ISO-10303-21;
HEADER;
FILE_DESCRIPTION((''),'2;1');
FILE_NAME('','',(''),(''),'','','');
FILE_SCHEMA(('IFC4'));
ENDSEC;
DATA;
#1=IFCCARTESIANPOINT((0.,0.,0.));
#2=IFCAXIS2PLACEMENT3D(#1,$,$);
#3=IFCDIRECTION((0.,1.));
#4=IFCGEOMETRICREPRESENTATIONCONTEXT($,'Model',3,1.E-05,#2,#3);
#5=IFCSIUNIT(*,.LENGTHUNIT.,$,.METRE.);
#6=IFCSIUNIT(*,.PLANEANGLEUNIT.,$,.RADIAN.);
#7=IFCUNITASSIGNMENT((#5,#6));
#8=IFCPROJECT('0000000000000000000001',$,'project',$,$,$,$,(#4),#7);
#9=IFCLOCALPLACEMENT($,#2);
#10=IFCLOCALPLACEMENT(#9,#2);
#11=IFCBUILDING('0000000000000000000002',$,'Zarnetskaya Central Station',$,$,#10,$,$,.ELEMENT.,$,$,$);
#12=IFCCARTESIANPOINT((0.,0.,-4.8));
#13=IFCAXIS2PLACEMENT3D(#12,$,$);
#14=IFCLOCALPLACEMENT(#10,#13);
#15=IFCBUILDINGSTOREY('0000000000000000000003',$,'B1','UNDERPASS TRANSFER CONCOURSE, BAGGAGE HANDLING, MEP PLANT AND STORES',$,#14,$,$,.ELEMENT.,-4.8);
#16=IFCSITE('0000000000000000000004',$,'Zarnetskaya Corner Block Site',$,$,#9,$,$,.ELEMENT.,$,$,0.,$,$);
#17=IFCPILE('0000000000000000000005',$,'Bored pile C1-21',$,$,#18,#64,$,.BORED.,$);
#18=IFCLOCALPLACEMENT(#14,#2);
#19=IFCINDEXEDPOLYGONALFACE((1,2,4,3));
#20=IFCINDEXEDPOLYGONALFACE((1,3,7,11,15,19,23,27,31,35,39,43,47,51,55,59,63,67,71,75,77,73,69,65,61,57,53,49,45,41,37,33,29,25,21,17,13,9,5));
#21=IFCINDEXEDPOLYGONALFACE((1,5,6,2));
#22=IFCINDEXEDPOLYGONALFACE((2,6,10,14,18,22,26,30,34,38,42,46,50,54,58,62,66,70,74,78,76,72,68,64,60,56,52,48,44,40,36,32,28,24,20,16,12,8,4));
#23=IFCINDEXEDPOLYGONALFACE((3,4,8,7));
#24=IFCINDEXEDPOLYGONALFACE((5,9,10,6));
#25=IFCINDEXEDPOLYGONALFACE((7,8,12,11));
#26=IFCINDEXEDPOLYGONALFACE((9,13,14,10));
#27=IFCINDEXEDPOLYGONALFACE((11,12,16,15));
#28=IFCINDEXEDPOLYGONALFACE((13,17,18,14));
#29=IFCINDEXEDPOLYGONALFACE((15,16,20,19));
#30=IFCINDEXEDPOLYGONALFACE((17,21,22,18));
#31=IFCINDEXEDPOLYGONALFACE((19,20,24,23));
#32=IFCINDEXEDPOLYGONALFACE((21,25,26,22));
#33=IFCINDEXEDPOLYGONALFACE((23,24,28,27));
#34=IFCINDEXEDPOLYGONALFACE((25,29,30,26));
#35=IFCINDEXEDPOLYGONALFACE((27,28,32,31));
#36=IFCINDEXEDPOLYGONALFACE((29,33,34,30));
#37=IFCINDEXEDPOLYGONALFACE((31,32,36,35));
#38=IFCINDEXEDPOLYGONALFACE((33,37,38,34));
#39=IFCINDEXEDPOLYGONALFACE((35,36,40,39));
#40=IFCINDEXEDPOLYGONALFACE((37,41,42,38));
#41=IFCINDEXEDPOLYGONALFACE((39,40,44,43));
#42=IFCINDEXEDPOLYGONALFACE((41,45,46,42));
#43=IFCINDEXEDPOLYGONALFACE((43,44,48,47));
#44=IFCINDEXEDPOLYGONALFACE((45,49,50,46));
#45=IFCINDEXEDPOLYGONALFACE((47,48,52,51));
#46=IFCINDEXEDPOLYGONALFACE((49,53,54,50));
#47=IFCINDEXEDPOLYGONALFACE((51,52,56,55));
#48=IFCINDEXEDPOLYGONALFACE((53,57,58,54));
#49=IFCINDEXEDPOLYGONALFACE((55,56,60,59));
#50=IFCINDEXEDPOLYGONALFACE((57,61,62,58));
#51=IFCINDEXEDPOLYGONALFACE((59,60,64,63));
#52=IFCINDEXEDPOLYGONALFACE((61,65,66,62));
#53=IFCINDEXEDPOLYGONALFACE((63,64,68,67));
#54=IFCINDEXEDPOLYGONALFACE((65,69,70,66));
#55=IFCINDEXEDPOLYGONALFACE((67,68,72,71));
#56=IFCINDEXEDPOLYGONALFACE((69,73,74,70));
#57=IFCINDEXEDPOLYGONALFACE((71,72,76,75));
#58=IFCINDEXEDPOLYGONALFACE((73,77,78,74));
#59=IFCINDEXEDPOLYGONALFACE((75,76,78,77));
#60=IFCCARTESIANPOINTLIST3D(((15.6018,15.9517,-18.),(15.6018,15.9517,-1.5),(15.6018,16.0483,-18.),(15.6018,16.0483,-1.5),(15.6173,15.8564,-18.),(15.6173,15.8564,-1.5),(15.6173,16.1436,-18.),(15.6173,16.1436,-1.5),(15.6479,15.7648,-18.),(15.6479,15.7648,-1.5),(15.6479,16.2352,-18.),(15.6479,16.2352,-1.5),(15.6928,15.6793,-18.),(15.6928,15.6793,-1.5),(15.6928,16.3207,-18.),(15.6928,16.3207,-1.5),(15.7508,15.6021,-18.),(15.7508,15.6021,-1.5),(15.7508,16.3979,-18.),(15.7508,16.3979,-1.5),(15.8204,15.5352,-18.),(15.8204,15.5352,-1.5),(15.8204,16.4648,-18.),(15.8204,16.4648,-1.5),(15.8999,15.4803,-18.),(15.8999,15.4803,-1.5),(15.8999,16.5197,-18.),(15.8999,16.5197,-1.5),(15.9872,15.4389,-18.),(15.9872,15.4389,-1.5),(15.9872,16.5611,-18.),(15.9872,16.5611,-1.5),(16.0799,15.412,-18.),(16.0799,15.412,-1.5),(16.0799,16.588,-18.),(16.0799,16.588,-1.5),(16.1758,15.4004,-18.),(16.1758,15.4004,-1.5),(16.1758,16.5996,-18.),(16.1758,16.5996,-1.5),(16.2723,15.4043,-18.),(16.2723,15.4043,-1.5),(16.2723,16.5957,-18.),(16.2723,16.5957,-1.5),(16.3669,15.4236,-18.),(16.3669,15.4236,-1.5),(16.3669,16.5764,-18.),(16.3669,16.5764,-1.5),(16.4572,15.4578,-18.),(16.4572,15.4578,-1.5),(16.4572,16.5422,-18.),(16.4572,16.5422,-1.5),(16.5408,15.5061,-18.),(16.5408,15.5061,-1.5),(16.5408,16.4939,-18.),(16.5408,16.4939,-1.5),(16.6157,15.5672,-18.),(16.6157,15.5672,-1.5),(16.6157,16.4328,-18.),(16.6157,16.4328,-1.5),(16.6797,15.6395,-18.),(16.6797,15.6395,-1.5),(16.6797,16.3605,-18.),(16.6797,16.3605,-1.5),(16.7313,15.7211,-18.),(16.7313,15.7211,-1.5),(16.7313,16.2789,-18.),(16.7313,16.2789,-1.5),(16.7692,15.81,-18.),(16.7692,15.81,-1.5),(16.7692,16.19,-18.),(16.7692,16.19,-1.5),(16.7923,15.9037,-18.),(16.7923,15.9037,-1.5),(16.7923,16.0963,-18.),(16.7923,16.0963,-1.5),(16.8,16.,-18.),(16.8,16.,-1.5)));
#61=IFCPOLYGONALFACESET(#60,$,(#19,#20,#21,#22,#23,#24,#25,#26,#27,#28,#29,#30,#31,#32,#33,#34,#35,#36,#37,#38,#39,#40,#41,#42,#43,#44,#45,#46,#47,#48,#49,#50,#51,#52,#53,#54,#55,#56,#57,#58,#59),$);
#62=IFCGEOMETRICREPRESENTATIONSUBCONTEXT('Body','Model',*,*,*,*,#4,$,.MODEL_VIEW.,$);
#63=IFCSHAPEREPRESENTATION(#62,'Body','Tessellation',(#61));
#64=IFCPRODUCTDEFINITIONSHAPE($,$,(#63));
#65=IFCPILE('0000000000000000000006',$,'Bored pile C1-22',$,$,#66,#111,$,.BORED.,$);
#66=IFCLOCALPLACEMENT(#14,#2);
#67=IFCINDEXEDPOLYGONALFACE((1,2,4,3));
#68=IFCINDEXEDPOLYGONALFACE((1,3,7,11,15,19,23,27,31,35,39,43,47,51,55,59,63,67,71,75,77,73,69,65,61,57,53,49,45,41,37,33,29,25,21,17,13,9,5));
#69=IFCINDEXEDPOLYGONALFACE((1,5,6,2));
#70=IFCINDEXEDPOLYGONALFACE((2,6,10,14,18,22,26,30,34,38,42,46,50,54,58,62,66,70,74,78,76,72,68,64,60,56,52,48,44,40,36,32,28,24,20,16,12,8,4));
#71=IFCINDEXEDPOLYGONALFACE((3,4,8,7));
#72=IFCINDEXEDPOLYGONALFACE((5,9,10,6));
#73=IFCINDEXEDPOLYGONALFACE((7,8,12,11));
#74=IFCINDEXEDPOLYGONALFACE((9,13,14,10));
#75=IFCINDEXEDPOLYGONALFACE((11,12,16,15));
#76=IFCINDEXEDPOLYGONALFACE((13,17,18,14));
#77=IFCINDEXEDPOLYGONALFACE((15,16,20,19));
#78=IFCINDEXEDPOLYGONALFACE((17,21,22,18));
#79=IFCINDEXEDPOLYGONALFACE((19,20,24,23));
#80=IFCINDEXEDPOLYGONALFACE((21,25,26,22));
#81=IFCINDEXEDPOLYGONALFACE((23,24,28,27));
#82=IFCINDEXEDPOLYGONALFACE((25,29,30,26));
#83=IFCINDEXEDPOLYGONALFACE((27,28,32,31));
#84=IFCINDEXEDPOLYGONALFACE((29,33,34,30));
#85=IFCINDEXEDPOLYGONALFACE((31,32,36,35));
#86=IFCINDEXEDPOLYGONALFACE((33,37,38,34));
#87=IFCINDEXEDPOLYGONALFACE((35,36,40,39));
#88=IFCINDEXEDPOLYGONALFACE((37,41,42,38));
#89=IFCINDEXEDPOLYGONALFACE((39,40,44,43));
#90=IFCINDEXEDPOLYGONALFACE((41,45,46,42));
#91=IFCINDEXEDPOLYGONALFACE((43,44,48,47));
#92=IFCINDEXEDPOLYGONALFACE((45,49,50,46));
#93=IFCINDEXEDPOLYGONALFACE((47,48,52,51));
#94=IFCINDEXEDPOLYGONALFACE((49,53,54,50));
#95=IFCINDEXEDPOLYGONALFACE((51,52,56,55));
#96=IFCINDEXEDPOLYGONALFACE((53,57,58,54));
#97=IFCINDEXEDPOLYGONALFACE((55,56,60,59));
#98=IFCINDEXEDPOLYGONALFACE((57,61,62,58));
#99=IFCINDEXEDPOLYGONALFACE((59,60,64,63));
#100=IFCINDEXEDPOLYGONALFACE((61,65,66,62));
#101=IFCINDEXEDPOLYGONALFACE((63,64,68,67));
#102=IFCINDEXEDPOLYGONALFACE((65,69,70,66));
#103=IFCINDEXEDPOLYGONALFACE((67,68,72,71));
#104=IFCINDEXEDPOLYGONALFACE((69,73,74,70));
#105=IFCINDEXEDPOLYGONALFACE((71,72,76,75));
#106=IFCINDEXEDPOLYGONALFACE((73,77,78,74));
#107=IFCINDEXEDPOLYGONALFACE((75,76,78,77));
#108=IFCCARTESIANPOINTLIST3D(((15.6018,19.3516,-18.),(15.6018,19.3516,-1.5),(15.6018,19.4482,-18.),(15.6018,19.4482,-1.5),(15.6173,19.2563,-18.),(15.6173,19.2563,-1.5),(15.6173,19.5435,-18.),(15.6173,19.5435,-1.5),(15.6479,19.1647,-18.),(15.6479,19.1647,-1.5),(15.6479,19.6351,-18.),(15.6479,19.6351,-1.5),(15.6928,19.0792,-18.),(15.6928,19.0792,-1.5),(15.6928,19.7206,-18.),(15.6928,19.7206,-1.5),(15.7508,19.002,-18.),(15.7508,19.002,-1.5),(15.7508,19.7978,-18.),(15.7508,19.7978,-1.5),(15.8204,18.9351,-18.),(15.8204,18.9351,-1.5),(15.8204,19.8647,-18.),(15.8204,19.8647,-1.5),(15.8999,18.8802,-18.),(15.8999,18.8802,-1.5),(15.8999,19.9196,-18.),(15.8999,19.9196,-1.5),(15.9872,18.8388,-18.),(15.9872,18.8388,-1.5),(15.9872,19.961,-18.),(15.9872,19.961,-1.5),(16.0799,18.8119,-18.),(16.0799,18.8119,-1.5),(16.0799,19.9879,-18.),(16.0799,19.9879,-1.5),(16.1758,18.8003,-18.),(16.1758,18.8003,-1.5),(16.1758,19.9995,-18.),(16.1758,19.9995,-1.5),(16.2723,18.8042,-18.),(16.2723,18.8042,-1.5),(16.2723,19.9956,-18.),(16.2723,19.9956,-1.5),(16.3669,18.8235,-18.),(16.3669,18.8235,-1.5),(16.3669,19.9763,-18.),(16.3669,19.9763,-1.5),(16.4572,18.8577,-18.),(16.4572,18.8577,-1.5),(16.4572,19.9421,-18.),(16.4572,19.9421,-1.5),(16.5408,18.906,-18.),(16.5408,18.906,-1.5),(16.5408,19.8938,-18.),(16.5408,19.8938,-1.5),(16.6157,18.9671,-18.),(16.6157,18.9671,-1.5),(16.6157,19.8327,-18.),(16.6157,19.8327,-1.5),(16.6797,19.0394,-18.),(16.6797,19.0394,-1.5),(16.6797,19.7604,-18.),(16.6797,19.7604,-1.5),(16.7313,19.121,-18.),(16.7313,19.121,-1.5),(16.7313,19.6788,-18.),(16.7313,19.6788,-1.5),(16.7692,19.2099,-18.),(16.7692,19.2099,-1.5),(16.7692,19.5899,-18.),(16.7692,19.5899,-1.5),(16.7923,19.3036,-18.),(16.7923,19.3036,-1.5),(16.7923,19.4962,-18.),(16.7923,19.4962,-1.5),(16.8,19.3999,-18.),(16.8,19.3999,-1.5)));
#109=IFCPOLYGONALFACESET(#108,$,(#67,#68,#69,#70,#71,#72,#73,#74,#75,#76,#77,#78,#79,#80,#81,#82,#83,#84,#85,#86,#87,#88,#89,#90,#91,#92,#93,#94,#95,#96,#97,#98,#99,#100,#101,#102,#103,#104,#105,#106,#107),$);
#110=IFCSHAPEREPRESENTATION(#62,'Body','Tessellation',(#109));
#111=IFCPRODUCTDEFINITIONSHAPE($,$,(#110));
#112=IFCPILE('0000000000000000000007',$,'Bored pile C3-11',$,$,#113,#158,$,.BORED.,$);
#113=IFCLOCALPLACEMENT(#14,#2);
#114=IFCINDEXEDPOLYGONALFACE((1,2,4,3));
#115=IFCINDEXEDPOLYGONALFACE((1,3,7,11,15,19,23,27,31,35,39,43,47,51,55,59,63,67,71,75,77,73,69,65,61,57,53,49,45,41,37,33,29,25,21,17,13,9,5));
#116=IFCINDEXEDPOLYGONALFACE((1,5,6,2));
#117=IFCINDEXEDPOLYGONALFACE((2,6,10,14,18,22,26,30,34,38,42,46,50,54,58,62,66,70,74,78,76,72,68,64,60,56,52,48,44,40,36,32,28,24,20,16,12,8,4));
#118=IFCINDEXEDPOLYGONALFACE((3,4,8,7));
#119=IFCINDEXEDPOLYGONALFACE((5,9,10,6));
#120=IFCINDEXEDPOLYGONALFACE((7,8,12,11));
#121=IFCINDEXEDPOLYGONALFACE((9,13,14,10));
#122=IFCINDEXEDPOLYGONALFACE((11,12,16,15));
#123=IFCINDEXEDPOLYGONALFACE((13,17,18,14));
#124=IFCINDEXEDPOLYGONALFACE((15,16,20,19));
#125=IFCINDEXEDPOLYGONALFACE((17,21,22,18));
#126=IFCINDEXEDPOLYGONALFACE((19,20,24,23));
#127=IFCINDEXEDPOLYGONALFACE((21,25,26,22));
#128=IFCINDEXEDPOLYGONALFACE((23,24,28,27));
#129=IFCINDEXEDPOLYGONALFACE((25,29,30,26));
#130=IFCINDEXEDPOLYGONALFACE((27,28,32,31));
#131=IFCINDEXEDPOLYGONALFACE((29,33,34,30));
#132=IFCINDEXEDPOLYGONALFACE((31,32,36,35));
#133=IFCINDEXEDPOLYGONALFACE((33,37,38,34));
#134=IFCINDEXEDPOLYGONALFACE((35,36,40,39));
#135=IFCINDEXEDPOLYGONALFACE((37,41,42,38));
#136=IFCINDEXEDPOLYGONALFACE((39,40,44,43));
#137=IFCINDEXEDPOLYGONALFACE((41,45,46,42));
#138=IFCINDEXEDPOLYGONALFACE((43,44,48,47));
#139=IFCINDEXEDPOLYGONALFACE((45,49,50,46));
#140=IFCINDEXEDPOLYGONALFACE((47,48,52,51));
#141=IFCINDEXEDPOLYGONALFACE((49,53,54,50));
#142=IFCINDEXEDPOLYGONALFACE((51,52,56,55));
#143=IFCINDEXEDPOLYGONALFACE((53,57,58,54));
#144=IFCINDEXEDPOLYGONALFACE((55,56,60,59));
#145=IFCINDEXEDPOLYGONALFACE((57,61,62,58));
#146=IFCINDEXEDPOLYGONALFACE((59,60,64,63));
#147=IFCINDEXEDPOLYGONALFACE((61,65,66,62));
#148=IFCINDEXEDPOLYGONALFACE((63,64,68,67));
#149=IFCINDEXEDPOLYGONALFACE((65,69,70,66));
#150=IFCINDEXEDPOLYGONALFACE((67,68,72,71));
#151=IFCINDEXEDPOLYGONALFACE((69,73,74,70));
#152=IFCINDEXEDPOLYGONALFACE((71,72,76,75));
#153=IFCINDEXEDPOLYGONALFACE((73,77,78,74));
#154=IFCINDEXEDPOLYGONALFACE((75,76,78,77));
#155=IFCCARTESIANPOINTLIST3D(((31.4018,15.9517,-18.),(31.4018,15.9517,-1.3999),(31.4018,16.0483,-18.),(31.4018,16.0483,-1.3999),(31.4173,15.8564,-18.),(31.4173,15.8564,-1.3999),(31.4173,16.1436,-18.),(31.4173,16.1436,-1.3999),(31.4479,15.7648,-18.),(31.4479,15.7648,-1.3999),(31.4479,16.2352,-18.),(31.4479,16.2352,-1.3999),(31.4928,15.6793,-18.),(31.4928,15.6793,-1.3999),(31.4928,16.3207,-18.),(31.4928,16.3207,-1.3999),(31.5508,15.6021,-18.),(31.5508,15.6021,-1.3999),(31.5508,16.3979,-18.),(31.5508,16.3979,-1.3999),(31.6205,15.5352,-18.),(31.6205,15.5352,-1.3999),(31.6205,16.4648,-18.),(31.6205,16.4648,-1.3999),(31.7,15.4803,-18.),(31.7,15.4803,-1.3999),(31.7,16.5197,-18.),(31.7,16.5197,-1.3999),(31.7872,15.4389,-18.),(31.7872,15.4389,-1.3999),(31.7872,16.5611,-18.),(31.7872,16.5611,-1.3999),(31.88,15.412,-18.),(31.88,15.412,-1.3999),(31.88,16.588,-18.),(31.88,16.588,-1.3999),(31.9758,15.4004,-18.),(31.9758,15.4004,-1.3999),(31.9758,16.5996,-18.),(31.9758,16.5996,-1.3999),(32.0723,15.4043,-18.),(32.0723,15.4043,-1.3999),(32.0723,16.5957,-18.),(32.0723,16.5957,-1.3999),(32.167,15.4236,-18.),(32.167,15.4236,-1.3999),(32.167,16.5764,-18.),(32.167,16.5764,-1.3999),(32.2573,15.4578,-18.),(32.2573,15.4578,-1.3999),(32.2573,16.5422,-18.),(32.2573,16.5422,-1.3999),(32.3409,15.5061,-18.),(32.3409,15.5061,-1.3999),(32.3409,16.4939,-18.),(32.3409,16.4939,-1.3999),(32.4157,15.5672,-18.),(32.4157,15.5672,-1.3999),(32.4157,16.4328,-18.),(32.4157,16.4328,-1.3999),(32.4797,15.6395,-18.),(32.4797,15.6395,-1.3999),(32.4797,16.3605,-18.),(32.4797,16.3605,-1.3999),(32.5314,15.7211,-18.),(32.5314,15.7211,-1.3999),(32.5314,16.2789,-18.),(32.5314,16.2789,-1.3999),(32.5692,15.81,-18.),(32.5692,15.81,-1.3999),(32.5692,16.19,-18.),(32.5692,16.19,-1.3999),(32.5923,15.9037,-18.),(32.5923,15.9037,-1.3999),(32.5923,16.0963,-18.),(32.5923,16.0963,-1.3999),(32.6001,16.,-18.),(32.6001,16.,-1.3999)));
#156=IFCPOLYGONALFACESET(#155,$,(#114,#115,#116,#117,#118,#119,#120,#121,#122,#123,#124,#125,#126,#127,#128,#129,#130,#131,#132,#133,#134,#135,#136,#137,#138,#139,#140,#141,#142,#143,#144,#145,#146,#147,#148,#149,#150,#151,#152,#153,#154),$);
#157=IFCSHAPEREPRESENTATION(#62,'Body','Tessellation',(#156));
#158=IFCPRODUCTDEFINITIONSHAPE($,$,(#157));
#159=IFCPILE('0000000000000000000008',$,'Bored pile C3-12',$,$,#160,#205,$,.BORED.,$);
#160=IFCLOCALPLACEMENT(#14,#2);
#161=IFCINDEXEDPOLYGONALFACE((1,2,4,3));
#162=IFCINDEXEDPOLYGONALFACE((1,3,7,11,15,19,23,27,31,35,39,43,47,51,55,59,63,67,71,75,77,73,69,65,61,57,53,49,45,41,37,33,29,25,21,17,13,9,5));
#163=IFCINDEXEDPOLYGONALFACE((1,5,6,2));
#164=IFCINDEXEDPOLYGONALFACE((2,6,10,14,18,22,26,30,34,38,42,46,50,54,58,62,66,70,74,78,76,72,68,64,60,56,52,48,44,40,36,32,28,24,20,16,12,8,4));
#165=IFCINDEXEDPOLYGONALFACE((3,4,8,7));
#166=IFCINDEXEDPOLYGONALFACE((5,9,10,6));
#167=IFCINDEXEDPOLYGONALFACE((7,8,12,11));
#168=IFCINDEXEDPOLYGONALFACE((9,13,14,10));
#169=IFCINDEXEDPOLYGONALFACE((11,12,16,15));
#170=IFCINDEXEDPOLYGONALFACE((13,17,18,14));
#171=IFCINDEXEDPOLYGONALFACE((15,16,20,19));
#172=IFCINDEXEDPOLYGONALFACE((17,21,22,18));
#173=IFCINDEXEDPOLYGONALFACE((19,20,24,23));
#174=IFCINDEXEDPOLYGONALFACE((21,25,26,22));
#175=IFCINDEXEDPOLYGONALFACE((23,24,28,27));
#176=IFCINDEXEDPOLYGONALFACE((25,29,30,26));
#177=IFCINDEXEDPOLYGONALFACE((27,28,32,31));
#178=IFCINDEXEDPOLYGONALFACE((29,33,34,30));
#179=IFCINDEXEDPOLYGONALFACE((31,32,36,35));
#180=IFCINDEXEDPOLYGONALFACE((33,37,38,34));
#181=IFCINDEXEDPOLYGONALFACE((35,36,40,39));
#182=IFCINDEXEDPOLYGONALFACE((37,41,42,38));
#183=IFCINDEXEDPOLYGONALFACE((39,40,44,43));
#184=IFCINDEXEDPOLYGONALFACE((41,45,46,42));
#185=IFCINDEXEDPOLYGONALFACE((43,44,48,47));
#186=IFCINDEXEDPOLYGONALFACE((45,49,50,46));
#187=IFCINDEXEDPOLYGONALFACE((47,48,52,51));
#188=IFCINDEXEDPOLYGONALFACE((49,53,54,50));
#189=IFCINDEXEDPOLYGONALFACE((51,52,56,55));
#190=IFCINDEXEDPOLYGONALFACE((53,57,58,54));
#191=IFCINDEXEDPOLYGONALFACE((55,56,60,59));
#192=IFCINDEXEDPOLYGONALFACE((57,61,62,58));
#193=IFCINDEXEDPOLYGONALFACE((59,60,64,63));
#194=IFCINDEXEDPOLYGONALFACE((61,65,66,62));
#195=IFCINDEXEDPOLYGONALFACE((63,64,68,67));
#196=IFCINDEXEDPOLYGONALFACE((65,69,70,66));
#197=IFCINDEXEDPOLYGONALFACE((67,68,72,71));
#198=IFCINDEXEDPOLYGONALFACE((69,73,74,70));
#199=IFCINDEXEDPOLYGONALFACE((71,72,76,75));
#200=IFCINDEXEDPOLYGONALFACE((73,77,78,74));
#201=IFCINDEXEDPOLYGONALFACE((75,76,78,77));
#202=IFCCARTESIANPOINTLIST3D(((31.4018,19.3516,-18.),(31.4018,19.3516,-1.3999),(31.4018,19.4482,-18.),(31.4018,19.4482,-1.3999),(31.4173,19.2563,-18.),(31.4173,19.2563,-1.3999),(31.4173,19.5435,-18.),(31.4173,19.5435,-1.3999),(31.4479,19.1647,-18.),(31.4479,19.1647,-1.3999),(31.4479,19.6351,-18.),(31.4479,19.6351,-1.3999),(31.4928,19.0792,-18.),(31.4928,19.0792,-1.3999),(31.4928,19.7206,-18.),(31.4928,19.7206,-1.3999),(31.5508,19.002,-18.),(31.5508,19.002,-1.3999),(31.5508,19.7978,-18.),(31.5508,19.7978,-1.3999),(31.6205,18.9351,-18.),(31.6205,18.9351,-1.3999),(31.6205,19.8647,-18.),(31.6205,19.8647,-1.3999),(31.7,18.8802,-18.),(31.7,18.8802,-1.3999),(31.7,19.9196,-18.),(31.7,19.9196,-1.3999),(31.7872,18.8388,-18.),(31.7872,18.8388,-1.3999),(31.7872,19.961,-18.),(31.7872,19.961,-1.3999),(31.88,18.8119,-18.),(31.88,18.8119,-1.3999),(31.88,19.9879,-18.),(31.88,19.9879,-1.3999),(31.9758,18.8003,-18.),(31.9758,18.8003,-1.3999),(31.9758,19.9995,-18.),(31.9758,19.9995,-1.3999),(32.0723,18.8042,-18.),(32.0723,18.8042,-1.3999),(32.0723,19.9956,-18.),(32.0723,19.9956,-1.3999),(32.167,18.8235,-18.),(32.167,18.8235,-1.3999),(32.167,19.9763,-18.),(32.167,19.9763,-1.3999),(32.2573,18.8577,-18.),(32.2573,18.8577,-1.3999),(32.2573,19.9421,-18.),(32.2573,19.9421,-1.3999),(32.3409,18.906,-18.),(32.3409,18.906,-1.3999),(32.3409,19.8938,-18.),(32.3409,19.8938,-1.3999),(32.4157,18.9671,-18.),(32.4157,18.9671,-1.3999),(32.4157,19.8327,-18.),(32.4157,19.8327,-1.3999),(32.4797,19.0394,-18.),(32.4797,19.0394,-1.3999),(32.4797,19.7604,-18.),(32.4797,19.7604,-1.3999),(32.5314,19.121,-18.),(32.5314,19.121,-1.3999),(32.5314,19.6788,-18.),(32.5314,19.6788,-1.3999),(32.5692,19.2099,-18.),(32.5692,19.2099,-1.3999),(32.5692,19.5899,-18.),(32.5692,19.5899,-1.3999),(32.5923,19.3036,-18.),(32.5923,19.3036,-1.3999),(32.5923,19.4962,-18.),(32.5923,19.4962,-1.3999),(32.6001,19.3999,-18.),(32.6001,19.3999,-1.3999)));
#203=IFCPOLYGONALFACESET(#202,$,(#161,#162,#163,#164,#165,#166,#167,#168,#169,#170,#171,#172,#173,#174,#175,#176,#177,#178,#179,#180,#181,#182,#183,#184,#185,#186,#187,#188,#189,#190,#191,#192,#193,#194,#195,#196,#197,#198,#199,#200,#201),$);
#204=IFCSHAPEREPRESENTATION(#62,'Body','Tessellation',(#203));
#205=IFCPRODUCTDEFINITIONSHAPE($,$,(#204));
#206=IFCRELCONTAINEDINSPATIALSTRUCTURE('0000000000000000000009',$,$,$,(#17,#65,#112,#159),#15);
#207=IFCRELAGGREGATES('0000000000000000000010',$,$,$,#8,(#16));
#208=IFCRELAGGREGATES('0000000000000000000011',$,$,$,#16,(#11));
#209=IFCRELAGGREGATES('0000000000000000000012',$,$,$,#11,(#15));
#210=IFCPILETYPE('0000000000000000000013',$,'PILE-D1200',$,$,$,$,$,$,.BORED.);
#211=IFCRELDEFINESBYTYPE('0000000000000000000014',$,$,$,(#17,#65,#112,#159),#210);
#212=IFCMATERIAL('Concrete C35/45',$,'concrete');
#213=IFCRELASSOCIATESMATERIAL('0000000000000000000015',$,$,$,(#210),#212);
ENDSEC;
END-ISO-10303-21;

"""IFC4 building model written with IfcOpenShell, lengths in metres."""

from ifc_helpers import new_model, si_unit, direction, frame, origin, origin_2d, place, context, subcontext, project, spatial, circle, extrude, material, material_profile, profile_set, type_object, element, save


model = new_model("IFC4")

# Units and contexts
model_context = context("Model", 3, precision=1e-05, world=origin(), true_north=direction((0.0, 1.0)))
body_context = subcontext(model_context, "Body", "Model", "MODEL_VIEW")
ifc_project = project(units=[si_unit("LENGTHUNIT", "METRE"), si_unit("PLANEANGLEUNIT", "RADIAN")], contexts=[model_context])

# Site, building, storey
site_placement = place(None, origin())
site = spatial("IfcSite", under=ifc_project, at=site_placement, Name="Zarnetskaya Corner Block Site", CompositionType="ELEMENT", RefElevation=0.0)
building_placement = place(site_placement, origin())
building = spatial("IfcBuilding", under=site, at=building_placement, Name="Zarnetskaya Central Station", CompositionType="ELEMENT")
storey_placement = place(building_placement, frame((0.0, 0.0, -4.8)))
storey = spatial("IfcBuildingStorey", under=building, at=storey_placement, Name="B1", Description="UNDERPASS TRANSFER CONCOURSE, BAGGAGE HANDLING, MEP PLANT AND STORES", CompositionType="ELEMENT", Elevation=-4.8)

# Piles
ifc_material_1 = material(Name="Concrete C35/45", Category="concrete")
ifc_material_profile = material_profile(ifc_material_1, circle(Radius=0.6001, at=origin_2d()), Name="BORED PILE D1200")
ifc_profile_set = profile_set([ifc_material_profile], Name="Concrete C35/45")
pile_type = type_object("IfcPileType", Name="PILE-D1200", PredefinedType="BORED", material=ifc_profile_set)
for number, where, z_axis, x_axis, name in (
    (1, (16.2, 16.0, -1.5), (0.0, 0.0, -1.0), (1.0, 0.0, 0.0), "Bored pile C1-21"),
    (2, (16.2, 19.3999, -1.5), (0.0, 0.0, -1.0), (1.0, 0.0, 0.0), "Bored pile C1-22"),
):
    element("IfcPile", number, at=place(storey_placement, frame(where, z_axis=z_axis, x_axis=x_axis)), inside=storey, type_object=pile_type, Name=name, PredefinedType="BORED", context=body_context, shape_type="SweptSolid", body=[
        extrude(circle(Radius=0.6001, at=origin_2d()), origin(), (0.0, 0.0, 1.0), 16.5),
    ])
for number, where, z_axis, x_axis, name in (
    (3, (32.0, 16.0, -1.3999), (0.0, 0.0, -1.0), (1.0, 0.0, 0.0), "Bored pile C3-11"),
    (4, (32.0, 19.3999, -1.3999), (0.0, 0.0, -1.0), (1.0, 0.0, 0.0), "Bored pile C3-12"),
):
    element("IfcPile", number, at=place(storey_placement, frame(where, z_axis=z_axis, x_axis=x_axis)), inside=storey, type_object=pile_type, Name=name, PredefinedType="BORED", context=body_context, shape_type="SweptSolid", body=[
        extrude(circle(Radius=0.6001, at=origin_2d()), origin(), (0.0, 0.0, 1.0), 16.6001),
    ])

save(model, "model.ifc")
